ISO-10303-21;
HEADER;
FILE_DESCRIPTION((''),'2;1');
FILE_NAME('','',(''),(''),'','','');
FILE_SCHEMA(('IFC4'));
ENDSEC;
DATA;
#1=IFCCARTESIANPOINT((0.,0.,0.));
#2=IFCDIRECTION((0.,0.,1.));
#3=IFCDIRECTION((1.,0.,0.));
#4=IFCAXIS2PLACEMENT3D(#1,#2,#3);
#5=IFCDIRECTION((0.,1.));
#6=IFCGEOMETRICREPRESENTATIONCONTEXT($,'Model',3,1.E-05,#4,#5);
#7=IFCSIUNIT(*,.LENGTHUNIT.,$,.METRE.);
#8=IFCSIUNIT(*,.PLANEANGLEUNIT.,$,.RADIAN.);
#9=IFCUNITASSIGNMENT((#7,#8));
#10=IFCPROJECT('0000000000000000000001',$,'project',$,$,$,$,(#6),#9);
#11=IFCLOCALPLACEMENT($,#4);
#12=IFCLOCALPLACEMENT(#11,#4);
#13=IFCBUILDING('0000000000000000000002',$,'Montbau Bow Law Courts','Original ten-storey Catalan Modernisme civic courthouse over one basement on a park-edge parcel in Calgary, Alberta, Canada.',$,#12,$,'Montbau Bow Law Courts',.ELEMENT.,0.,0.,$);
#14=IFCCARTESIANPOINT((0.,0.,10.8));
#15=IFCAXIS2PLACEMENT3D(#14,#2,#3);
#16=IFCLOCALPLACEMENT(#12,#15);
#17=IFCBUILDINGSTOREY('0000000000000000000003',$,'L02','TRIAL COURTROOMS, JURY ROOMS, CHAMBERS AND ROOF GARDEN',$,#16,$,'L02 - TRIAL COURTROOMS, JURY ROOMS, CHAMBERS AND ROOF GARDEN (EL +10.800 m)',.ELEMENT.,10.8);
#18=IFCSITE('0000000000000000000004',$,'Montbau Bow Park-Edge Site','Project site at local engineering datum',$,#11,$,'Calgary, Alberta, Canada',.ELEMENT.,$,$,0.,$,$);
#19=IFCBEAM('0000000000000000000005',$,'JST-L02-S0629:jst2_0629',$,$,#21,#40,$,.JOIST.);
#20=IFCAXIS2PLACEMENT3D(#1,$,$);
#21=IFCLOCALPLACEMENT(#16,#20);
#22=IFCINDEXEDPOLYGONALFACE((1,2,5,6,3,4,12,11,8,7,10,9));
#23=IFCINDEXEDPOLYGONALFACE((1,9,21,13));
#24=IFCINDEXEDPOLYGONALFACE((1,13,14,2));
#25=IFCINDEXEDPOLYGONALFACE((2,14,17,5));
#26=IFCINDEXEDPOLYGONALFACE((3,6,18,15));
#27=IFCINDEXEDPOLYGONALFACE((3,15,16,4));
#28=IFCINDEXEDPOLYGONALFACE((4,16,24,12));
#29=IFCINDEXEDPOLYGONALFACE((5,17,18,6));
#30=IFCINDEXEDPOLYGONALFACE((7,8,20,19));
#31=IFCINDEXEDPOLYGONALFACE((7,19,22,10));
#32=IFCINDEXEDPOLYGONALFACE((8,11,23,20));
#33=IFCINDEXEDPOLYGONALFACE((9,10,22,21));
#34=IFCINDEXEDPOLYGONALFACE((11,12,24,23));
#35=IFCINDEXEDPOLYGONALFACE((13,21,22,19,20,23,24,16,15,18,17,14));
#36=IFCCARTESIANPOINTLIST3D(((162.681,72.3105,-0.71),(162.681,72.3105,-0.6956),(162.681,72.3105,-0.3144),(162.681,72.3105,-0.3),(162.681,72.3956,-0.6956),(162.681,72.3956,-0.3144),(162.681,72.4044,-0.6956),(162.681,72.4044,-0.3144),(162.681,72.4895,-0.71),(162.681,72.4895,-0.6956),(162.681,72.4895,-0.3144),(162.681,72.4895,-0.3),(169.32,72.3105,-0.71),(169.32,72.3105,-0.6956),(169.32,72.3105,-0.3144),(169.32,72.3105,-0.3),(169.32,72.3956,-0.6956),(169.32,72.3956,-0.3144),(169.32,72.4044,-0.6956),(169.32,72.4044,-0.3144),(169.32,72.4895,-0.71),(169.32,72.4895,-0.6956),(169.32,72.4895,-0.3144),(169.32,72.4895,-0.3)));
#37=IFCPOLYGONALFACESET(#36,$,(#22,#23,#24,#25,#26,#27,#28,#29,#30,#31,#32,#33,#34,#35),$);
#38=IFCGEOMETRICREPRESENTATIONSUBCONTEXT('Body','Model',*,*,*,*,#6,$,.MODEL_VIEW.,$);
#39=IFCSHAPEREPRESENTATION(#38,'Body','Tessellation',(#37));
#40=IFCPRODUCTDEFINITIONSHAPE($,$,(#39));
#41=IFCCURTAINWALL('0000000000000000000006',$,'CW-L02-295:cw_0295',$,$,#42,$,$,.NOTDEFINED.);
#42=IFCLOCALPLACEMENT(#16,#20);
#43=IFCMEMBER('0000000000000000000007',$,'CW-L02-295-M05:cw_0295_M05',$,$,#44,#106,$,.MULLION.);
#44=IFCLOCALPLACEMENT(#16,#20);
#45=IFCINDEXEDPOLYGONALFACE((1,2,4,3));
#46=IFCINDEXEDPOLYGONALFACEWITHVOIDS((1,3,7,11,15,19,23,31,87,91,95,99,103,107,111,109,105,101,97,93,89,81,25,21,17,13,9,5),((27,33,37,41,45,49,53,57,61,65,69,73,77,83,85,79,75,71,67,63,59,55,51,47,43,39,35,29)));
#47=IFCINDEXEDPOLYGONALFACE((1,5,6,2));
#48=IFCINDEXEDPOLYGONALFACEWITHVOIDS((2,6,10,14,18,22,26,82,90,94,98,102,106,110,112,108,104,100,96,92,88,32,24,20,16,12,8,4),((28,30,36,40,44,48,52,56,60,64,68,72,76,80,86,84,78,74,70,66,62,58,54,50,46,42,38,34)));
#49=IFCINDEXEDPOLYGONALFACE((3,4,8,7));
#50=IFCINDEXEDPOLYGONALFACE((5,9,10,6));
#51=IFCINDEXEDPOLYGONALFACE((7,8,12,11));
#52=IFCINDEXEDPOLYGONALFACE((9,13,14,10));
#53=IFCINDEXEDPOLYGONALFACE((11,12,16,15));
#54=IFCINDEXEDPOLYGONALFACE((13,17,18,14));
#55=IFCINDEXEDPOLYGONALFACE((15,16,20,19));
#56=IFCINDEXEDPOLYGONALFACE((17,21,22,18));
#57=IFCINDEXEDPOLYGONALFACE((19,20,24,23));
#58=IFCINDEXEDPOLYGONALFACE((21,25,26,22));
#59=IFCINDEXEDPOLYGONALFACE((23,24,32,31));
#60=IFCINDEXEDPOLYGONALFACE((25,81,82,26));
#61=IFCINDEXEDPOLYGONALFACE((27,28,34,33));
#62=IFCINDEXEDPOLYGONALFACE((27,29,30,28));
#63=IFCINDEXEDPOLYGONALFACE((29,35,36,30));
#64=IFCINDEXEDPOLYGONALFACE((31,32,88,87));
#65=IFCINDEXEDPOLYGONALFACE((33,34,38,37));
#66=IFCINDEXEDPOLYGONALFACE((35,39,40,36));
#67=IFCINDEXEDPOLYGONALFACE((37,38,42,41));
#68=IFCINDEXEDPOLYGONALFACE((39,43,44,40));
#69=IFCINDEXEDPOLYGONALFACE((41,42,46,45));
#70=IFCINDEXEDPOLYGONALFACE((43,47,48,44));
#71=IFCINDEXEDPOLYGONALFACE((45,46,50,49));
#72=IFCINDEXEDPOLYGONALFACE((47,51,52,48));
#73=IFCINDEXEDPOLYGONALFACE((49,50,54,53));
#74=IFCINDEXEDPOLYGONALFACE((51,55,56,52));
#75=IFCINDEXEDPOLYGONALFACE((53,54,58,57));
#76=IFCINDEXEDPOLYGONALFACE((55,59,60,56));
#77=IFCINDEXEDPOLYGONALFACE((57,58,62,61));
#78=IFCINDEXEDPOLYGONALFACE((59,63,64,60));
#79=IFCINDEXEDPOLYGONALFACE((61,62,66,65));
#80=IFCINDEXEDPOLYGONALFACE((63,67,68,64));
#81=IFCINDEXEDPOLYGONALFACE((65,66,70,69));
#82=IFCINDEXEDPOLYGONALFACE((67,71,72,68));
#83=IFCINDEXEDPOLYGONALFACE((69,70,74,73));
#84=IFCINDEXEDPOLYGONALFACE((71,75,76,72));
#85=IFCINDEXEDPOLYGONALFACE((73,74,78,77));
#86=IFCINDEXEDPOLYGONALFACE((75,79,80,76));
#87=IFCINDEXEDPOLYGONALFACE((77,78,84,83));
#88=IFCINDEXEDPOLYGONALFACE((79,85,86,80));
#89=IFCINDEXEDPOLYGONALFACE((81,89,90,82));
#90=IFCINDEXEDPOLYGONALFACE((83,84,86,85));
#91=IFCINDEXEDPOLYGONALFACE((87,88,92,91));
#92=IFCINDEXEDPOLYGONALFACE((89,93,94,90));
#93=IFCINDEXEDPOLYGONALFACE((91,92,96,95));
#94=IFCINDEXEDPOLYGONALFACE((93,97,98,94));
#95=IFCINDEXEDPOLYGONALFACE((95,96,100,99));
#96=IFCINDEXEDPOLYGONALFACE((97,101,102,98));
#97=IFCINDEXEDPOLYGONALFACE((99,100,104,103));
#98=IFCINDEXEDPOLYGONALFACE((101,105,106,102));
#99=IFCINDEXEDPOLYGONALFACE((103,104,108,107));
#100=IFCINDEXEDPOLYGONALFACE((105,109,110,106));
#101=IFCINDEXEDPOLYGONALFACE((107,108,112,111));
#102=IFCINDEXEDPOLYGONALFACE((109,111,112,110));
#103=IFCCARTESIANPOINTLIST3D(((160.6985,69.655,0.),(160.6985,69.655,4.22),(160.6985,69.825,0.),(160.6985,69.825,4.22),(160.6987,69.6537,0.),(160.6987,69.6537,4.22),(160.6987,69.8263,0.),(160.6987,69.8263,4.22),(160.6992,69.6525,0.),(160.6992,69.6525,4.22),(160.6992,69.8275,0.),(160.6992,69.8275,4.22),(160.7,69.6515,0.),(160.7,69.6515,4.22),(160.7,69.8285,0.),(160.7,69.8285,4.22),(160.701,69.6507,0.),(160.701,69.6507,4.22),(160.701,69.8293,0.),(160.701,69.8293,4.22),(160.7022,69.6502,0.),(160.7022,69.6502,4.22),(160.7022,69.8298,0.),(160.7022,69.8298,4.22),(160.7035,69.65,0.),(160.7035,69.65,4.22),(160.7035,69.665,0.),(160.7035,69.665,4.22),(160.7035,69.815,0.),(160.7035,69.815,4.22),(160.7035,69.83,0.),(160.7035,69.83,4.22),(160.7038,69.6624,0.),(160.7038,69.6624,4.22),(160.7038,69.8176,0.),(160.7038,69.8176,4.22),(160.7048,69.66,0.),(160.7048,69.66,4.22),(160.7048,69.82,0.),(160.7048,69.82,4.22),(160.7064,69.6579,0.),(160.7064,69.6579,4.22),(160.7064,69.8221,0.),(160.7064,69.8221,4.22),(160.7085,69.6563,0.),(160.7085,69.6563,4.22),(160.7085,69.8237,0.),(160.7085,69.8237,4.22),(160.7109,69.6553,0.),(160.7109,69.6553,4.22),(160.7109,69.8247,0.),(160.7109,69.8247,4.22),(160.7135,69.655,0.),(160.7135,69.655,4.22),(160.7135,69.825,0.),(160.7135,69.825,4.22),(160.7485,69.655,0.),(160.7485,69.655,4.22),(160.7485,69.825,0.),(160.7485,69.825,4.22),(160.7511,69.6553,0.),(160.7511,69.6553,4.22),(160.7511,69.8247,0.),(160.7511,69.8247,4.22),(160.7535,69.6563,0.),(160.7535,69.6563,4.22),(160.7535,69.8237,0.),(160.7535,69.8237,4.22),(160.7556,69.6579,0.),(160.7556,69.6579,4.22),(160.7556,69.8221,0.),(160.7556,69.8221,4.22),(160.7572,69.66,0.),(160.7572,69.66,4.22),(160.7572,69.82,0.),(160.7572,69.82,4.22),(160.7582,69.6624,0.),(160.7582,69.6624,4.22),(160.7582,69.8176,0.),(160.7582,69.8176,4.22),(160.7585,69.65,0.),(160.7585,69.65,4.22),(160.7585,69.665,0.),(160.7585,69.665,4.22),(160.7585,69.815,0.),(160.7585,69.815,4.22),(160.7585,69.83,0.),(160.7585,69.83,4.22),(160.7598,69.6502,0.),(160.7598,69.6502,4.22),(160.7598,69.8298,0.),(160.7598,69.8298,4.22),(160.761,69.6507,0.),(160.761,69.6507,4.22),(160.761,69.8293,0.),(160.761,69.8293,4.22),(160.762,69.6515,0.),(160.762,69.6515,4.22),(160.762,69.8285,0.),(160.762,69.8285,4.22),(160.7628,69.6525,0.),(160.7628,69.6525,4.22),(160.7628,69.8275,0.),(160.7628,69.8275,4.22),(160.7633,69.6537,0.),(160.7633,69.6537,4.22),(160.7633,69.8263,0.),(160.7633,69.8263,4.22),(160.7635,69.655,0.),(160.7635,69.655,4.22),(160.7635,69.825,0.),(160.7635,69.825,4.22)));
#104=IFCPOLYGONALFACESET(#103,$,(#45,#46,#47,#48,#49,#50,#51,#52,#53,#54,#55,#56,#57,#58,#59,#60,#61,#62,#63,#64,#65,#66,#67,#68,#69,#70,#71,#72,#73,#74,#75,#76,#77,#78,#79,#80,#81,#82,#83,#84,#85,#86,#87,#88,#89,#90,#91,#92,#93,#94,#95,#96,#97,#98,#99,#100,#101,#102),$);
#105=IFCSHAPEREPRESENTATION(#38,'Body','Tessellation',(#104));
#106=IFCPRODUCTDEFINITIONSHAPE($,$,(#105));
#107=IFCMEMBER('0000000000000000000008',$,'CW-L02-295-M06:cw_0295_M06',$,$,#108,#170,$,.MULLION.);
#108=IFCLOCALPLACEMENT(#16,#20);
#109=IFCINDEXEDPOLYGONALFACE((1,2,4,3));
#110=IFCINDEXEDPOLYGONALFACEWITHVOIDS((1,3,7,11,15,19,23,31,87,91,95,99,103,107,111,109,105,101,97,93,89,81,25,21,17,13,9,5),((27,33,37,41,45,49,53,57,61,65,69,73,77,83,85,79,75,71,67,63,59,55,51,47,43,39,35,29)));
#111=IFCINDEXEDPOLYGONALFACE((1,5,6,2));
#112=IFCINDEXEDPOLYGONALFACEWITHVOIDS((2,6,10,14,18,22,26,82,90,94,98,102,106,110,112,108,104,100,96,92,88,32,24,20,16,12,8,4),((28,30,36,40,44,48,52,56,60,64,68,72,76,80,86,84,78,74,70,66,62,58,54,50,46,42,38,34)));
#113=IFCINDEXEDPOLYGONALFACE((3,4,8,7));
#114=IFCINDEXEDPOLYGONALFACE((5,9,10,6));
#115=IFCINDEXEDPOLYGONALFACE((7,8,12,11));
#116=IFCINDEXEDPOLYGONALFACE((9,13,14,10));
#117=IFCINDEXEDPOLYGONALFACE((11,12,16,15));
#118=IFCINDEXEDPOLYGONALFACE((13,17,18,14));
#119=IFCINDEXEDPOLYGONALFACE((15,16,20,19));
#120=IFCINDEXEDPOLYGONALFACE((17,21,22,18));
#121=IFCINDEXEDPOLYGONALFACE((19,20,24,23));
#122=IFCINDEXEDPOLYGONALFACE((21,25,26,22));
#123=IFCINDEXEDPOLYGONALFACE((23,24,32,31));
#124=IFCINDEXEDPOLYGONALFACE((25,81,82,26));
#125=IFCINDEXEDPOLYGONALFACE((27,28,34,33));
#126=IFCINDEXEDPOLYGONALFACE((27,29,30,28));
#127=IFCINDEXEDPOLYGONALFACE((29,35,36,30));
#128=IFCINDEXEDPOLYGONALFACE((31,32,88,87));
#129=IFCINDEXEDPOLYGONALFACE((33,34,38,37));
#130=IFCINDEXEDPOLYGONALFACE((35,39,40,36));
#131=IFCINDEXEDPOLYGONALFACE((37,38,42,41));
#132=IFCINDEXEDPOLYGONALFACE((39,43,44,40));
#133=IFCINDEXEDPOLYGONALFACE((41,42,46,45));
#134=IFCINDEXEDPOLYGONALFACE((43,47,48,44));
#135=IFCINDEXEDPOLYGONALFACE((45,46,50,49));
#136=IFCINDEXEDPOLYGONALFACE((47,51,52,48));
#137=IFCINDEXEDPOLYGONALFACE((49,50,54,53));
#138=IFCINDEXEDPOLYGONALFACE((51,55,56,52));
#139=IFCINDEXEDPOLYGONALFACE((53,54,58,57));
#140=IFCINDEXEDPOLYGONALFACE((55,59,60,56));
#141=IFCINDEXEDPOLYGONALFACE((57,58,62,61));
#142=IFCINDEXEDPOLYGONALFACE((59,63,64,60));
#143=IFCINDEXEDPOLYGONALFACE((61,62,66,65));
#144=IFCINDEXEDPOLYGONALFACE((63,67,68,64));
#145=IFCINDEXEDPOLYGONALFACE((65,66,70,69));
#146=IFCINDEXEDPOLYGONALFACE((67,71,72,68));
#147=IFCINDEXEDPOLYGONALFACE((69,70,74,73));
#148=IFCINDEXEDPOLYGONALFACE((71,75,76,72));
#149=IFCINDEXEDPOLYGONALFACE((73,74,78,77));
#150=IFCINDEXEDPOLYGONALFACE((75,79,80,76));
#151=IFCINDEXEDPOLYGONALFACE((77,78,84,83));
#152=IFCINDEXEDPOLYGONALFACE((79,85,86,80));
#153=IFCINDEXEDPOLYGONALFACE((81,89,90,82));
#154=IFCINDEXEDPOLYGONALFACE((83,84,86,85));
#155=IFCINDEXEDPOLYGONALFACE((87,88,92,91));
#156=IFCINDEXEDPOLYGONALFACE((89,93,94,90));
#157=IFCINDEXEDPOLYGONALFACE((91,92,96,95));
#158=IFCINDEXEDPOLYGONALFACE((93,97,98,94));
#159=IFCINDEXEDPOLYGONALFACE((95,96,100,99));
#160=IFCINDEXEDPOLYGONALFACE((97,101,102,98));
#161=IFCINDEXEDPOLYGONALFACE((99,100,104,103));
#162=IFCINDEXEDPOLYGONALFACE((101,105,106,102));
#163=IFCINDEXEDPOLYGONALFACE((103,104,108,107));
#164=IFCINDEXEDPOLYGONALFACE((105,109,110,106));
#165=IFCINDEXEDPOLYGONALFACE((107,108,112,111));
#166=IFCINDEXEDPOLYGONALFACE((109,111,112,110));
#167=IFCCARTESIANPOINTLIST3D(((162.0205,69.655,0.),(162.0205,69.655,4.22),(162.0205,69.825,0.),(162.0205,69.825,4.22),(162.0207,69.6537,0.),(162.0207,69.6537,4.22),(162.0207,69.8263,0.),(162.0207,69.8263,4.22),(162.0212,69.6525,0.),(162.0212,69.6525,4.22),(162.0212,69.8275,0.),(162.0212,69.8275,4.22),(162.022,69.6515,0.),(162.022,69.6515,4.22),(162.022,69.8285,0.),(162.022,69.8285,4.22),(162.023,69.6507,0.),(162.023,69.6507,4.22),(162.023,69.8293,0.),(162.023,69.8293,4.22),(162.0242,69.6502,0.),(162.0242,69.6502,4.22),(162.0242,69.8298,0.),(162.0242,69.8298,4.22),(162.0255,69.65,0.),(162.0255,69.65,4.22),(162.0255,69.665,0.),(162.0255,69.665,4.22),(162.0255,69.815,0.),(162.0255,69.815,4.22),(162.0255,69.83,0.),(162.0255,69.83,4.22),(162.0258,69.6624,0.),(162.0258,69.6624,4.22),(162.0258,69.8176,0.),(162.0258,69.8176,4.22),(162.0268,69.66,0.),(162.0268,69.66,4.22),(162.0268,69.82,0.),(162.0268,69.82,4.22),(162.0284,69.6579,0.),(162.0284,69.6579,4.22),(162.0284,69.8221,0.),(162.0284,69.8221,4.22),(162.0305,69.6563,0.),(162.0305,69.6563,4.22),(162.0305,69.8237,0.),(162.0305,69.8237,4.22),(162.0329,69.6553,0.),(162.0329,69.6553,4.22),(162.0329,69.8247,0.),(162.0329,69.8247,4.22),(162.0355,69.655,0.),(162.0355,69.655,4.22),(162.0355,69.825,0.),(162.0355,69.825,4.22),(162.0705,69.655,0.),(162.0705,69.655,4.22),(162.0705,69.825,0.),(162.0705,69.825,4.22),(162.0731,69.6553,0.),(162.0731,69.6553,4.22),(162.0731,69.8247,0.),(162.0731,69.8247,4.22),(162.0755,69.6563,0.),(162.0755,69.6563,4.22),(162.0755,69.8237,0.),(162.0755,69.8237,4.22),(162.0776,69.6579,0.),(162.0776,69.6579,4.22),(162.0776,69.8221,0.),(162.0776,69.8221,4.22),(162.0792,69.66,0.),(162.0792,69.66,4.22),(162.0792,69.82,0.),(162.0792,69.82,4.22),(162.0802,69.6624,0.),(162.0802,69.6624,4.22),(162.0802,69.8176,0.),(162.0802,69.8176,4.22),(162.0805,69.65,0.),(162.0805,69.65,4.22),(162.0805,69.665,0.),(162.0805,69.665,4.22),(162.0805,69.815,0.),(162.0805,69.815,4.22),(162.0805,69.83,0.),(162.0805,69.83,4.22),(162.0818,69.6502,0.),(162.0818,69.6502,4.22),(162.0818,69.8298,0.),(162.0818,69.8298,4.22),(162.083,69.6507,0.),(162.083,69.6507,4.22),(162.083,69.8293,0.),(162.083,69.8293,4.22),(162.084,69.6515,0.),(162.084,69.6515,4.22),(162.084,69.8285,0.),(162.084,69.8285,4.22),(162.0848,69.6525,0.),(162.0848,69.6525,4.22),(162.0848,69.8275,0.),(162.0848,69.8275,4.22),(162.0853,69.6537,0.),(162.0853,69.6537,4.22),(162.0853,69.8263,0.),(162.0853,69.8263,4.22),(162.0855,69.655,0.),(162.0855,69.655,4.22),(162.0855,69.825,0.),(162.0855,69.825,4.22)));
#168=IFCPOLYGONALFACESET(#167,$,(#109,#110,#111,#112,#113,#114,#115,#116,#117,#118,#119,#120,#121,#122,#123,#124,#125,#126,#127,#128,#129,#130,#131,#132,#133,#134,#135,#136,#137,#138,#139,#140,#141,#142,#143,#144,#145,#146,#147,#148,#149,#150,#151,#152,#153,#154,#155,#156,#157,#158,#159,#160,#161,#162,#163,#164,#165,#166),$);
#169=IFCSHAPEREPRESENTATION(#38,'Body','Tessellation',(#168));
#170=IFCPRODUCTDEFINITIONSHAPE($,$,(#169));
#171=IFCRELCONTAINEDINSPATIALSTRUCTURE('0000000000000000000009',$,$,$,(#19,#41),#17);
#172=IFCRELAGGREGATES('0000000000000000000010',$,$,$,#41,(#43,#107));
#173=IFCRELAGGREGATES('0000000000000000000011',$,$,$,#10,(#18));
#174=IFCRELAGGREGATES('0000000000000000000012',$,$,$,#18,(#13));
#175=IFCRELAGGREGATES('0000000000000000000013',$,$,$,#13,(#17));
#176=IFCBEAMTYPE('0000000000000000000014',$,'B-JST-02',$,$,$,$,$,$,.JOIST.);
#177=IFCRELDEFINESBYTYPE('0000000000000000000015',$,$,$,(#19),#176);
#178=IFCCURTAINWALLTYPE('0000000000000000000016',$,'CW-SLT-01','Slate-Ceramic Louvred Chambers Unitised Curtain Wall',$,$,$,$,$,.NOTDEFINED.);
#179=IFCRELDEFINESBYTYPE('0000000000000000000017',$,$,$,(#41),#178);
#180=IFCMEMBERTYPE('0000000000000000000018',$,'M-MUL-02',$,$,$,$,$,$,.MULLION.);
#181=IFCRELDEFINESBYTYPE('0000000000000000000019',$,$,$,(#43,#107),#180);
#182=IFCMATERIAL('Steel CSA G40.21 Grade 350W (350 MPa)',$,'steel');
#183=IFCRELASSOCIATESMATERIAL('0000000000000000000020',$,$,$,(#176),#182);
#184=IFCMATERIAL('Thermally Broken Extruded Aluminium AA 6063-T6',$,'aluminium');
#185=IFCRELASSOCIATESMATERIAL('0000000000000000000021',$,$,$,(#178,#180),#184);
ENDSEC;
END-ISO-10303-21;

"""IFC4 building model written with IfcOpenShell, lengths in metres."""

from ifc_helpers import new_model, si_unit, direction, frame, origin_with_axes, origin_2d_with_axis, place, context, subcontext, project, spatial, hollow_rectangle, i_section, extrude, material, material_profile, profile_set, type_object, element, aggregate, save


model = new_model("IFC4")

# Units and contexts
model_context = context("Model", 3, precision=1e-05, world=origin_with_axes(), true_north=direction((0.0, 1.0)))
body_context = subcontext(model_context, "Body", "Model", "MODEL_VIEW")
ifc_project = project(units=[si_unit("LENGTHUNIT", "METRE"), si_unit("PLANEANGLEUNIT", "RADIAN")], contexts=[model_context])

# Site, building, storey
site_placement = place(None, origin_with_axes())
site = spatial("IfcSite", under=ifc_project, at=site_placement, Name="Montbau Bow Park-Edge Site", Description="Project site at local engineering datum", LongName="Calgary, Alberta, Canada", CompositionType="ELEMENT", RefElevation=0.0)
building_placement = place(site_placement, origin_with_axes())
building = spatial("IfcBuilding", under=site, at=building_placement, Name="Montbau Bow Law Courts", Description="Original ten-storey Catalan Modernisme civic courthouse over one basement on a park-edge parcel in Calgary, Alberta, Canada.", LongName="Montbau Bow Law Courts", CompositionType="ELEMENT", ElevationOfRefHeight=0.0, ElevationOfTerrain=0.0)
storey_placement = place(building_placement, frame((0.0, 0.0, 10.8), z_axis=(0.0, 0.0, 1.0), x_axis=(1.0, 0.0, 0.0)))
storey = spatial("IfcBuildingStorey", under=building, at=storey_placement, Name="L02", Description="TRIAL COURTROOMS, JURY ROOMS, CHAMBERS AND ROOF GARDEN", LongName="L02 - TRIAL COURTROOMS, JURY ROOMS, CHAMBERS AND ROOF GARDEN (EL +10.800 m)", CompositionType="ELEMENT", Elevation=10.8)

# Beam
ifc_material_1 = material(Name="Steel CSA G40.21 Grade 350W (350 MPa)", Category="steel")
ifc_material_profile_1 = material_profile(ifc_material_1, i_section(OverallWidth=0.179, OverallDepth=0.41, WebThickness=0.0088, FlangeThickness=0.0144, at=origin_2d_with_axis()), Name="W410X67", Category="Main", Priority=0)
ifc_profile_set_1 = profile_set([ifc_material_profile_1], Name="Steel CSA G40.21 Grade 350W (350 MPa)")
beam_type = type_object("IfcBeamType", Name="B-JST-02", PredefinedType="JOIST", material=ifc_profile_set_1)
beam_placement = place(None, frame((162.681, 72.4, 10.295), z_axis=(1.0, 0.0, 0.0), x_axis=(0.0, 1.0, 0.0)))
element("IfcBeam", 1, at=beam_placement, inside=storey, type_object=beam_type, Name="JST-L02-S0629:jst2_0629", PredefinedType="JOIST", context=body_context, shape_type="SweptSolid", body=[
    extrude(i_section(OverallWidth=0.179, OverallDepth=0.41, WebThickness=0.0088, FlangeThickness=0.0144, at=origin_2d_with_axis()), origin_with_axes(), (0.0, 0.0, 1.0), 6.639),
])

# Curtain wall, members
ifc_material_2 = material(Name="Thermally Broken Extruded Aluminium AA 6063-T6", Category="aluminium")
curtain_wall_type = type_object("IfcCurtainWallType", Name="CW-SLT-01", Description="Slate-Ceramic Louvred Chambers Unitised Curtain Wall", PredefinedType="NOTDEFINED", material=ifc_material_2)
curtain_wall_1_placement = place(None, frame((155.315, 69.74, 10.8), z_axis=(0.0, 0.0, 1.0), x_axis=(1.0, 0.0, 0.0)))
curtain_wall_1 = element("IfcCurtainWall", 2, at=curtain_wall_1_placement, inside=storey, type_object=curtain_wall_type, Name="CW-L02-295:cw_0295", PredefinedType="NOTDEFINED")
ifc_material_profile_2 = material_profile(ifc_material_2, hollow_rectangle(XDim=0.065, YDim=0.18, WallThickness=0.005, InnerFilletRadius=0.01, OuterFilletRadius=0.005, at=origin_2d_with_axis()), Name="CWM-180X65", Category="Main", Priority=0)
ifc_profile_set_2 = profile_set([ifc_material_profile_2], Name="Thermally Broken Extruded Aluminium AA 6063-T6")
member_type_1 = type_object("IfcMemberType", Name="M-MUL-02", PredefinedType="MULLION", material=ifc_profile_set_2)
member_1_placement = place(None, frame((160.731, 69.74, 10.8), z_axis=(0.0, 0.0, 1.0), x_axis=(1.0, 0.0, 0.0)))
member_1 = element("IfcMember", 3, at=member_1_placement, type_object=member_type_1, Name="CW-L02-295-M05:cw_0295_M05", PredefinedType="MULLION", context=body_context, shape_type="SweptSolid", body=[
    extrude(hollow_rectangle(XDim=0.065, YDim=0.18, WallThickness=0.005, InnerFilletRadius=0.01, OuterFilletRadius=0.005, at=origin_2d_with_axis()), origin_with_axes(), (0.0, 0.0, 1.0), 4.22),
])
member_2_placement = place(None, frame((162.053, 69.74, 10.8), z_axis=(0.0, 0.0, 1.0), x_axis=(1.0, 0.0, 0.0)))
member_2 = element("IfcMember", 4, at=member_2_placement, type_object=member_type_1, Name="CW-L02-295-M06:cw_0295_M06", PredefinedType="MULLION", context=body_context, shape_type="SweptSolid", body=[
    extrude(hollow_rectangle(XDim=0.065, YDim=0.18, WallThickness=0.005, InnerFilletRadius=0.01, OuterFilletRadius=0.005, at=origin_2d_with_axis()), origin_with_axes(), (0.0, 0.0, 1.0), 4.22),
])

aggregate(curtain_wall_1, [member_1, member_2])

save(model, "model.ifc")
